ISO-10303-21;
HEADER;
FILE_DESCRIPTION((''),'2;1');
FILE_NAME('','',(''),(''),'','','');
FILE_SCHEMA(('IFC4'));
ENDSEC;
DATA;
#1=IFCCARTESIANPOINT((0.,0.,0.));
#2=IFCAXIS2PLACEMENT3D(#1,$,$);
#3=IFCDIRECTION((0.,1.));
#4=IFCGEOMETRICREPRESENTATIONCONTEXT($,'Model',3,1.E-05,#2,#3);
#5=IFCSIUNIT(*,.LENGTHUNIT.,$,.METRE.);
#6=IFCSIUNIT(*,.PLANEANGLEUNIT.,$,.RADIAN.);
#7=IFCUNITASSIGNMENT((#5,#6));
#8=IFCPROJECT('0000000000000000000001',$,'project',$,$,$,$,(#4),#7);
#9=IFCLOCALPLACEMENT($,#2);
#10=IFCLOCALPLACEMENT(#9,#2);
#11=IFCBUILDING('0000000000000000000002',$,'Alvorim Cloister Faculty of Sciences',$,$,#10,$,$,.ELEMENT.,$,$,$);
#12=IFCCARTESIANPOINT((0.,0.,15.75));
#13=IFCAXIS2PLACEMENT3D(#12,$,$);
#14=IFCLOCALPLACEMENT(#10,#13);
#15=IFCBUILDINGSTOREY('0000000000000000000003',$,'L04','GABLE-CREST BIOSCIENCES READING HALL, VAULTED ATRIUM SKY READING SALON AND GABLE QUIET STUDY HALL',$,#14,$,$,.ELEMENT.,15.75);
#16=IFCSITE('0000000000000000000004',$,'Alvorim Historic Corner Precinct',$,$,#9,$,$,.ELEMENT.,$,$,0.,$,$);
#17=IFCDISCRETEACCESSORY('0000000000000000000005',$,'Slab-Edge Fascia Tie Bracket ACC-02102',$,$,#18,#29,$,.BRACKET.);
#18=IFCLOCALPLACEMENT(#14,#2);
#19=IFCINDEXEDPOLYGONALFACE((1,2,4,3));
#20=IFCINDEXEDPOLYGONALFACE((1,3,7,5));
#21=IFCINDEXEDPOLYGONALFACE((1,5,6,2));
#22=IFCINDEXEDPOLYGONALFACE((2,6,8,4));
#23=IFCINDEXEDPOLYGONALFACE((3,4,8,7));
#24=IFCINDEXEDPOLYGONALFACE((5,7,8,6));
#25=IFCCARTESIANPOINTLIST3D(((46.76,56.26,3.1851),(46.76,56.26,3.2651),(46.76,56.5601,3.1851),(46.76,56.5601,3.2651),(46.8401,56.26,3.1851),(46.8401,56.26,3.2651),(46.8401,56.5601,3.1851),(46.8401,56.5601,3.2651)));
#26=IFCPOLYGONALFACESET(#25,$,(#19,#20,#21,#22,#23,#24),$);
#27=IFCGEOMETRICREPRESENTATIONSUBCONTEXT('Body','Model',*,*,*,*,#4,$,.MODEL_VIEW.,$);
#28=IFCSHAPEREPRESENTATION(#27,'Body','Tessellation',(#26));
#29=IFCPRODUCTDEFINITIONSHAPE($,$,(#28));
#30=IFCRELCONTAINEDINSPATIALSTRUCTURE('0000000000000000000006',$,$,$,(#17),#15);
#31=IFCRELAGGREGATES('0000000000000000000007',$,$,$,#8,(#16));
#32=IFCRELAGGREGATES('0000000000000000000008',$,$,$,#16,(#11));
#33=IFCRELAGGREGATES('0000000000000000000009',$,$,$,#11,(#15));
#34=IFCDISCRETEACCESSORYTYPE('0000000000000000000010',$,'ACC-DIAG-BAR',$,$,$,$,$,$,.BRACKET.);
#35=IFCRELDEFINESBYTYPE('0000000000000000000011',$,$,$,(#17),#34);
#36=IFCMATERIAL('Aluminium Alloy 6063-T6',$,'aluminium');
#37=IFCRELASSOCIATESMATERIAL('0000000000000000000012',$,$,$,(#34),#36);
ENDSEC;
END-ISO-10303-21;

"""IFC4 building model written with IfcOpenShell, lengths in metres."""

from ifc_helpers import new_model, si_unit, direction, frame, origin, origin_2d, place, context, subcontext, project, spatial, rectangle, extrude, material, type_object, element, save


model = new_model("IFC4")

# Units and contexts
model_context = context("Model", 3, precision=1e-05, world=origin(), true_north=direction((0.0, 1.0)))
body_context = subcontext(model_context, "Body", "Model", "MODEL_VIEW")
ifc_project = project(units=[si_unit("LENGTHUNIT", "METRE"), si_unit("PLANEANGLEUNIT", "RADIAN")], contexts=[model_context])

# Site, building, storey
site_placement = place(None, origin())
site = spatial("IfcSite", under=ifc_project, at=site_placement, Name="Alvorim Historic Corner Precinct", CompositionType="ELEMENT", RefElevation=0.0)
building_placement = place(site_placement, origin())
building = spatial("IfcBuilding", under=site, at=building_placement, Name="Alvorim Cloister Faculty of Sciences", CompositionType="ELEMENT")
storey_placement = place(building_placement, frame((0.0, 0.0, 15.75)))
storey = spatial("IfcBuildingStorey", under=building, at=storey_placement, Name="L04", Description="GABLE-CREST BIOSCIENCES READING HALL, VAULTED ATRIUM SKY READING SALON AND GABLE QUIET STUDY HALL", CompositionType="ELEMENT", Elevation=15.75)

# Shared definitions
ifc_material_1 = material(Name="Aluminium Alloy 6063-T6", Category="aluminium")

# Discrete accessory
discrete_accessory_type = type_object("IfcDiscreteAccessoryType", Name="ACC-DIAG-BAR", PredefinedType="BRACKET", material=ifc_material_1)
discrete_accessory_placement = place(storey_placement, frame((46.8, 56.26, 3.2251), z_axis=(0.0, 1.0, 0.0), x_axis=(-1.0, 0.0, 0.0)))
element("IfcDiscreteAccessory", 1, at=discrete_accessory_placement, inside=storey, type_object=discrete_accessory_type, Name="Slab-Edge Fascia Tie Bracket ACC-02102", PredefinedType="BRACKET", context=body_context, shape_type="SweptSolid", body=[
    extrude(rectangle(XDim=0.0801, YDim=0.0801, at=origin_2d()), origin(), (0.0, 0.0, 1.0), 0.3),
])

save(model, "model.ifc")
